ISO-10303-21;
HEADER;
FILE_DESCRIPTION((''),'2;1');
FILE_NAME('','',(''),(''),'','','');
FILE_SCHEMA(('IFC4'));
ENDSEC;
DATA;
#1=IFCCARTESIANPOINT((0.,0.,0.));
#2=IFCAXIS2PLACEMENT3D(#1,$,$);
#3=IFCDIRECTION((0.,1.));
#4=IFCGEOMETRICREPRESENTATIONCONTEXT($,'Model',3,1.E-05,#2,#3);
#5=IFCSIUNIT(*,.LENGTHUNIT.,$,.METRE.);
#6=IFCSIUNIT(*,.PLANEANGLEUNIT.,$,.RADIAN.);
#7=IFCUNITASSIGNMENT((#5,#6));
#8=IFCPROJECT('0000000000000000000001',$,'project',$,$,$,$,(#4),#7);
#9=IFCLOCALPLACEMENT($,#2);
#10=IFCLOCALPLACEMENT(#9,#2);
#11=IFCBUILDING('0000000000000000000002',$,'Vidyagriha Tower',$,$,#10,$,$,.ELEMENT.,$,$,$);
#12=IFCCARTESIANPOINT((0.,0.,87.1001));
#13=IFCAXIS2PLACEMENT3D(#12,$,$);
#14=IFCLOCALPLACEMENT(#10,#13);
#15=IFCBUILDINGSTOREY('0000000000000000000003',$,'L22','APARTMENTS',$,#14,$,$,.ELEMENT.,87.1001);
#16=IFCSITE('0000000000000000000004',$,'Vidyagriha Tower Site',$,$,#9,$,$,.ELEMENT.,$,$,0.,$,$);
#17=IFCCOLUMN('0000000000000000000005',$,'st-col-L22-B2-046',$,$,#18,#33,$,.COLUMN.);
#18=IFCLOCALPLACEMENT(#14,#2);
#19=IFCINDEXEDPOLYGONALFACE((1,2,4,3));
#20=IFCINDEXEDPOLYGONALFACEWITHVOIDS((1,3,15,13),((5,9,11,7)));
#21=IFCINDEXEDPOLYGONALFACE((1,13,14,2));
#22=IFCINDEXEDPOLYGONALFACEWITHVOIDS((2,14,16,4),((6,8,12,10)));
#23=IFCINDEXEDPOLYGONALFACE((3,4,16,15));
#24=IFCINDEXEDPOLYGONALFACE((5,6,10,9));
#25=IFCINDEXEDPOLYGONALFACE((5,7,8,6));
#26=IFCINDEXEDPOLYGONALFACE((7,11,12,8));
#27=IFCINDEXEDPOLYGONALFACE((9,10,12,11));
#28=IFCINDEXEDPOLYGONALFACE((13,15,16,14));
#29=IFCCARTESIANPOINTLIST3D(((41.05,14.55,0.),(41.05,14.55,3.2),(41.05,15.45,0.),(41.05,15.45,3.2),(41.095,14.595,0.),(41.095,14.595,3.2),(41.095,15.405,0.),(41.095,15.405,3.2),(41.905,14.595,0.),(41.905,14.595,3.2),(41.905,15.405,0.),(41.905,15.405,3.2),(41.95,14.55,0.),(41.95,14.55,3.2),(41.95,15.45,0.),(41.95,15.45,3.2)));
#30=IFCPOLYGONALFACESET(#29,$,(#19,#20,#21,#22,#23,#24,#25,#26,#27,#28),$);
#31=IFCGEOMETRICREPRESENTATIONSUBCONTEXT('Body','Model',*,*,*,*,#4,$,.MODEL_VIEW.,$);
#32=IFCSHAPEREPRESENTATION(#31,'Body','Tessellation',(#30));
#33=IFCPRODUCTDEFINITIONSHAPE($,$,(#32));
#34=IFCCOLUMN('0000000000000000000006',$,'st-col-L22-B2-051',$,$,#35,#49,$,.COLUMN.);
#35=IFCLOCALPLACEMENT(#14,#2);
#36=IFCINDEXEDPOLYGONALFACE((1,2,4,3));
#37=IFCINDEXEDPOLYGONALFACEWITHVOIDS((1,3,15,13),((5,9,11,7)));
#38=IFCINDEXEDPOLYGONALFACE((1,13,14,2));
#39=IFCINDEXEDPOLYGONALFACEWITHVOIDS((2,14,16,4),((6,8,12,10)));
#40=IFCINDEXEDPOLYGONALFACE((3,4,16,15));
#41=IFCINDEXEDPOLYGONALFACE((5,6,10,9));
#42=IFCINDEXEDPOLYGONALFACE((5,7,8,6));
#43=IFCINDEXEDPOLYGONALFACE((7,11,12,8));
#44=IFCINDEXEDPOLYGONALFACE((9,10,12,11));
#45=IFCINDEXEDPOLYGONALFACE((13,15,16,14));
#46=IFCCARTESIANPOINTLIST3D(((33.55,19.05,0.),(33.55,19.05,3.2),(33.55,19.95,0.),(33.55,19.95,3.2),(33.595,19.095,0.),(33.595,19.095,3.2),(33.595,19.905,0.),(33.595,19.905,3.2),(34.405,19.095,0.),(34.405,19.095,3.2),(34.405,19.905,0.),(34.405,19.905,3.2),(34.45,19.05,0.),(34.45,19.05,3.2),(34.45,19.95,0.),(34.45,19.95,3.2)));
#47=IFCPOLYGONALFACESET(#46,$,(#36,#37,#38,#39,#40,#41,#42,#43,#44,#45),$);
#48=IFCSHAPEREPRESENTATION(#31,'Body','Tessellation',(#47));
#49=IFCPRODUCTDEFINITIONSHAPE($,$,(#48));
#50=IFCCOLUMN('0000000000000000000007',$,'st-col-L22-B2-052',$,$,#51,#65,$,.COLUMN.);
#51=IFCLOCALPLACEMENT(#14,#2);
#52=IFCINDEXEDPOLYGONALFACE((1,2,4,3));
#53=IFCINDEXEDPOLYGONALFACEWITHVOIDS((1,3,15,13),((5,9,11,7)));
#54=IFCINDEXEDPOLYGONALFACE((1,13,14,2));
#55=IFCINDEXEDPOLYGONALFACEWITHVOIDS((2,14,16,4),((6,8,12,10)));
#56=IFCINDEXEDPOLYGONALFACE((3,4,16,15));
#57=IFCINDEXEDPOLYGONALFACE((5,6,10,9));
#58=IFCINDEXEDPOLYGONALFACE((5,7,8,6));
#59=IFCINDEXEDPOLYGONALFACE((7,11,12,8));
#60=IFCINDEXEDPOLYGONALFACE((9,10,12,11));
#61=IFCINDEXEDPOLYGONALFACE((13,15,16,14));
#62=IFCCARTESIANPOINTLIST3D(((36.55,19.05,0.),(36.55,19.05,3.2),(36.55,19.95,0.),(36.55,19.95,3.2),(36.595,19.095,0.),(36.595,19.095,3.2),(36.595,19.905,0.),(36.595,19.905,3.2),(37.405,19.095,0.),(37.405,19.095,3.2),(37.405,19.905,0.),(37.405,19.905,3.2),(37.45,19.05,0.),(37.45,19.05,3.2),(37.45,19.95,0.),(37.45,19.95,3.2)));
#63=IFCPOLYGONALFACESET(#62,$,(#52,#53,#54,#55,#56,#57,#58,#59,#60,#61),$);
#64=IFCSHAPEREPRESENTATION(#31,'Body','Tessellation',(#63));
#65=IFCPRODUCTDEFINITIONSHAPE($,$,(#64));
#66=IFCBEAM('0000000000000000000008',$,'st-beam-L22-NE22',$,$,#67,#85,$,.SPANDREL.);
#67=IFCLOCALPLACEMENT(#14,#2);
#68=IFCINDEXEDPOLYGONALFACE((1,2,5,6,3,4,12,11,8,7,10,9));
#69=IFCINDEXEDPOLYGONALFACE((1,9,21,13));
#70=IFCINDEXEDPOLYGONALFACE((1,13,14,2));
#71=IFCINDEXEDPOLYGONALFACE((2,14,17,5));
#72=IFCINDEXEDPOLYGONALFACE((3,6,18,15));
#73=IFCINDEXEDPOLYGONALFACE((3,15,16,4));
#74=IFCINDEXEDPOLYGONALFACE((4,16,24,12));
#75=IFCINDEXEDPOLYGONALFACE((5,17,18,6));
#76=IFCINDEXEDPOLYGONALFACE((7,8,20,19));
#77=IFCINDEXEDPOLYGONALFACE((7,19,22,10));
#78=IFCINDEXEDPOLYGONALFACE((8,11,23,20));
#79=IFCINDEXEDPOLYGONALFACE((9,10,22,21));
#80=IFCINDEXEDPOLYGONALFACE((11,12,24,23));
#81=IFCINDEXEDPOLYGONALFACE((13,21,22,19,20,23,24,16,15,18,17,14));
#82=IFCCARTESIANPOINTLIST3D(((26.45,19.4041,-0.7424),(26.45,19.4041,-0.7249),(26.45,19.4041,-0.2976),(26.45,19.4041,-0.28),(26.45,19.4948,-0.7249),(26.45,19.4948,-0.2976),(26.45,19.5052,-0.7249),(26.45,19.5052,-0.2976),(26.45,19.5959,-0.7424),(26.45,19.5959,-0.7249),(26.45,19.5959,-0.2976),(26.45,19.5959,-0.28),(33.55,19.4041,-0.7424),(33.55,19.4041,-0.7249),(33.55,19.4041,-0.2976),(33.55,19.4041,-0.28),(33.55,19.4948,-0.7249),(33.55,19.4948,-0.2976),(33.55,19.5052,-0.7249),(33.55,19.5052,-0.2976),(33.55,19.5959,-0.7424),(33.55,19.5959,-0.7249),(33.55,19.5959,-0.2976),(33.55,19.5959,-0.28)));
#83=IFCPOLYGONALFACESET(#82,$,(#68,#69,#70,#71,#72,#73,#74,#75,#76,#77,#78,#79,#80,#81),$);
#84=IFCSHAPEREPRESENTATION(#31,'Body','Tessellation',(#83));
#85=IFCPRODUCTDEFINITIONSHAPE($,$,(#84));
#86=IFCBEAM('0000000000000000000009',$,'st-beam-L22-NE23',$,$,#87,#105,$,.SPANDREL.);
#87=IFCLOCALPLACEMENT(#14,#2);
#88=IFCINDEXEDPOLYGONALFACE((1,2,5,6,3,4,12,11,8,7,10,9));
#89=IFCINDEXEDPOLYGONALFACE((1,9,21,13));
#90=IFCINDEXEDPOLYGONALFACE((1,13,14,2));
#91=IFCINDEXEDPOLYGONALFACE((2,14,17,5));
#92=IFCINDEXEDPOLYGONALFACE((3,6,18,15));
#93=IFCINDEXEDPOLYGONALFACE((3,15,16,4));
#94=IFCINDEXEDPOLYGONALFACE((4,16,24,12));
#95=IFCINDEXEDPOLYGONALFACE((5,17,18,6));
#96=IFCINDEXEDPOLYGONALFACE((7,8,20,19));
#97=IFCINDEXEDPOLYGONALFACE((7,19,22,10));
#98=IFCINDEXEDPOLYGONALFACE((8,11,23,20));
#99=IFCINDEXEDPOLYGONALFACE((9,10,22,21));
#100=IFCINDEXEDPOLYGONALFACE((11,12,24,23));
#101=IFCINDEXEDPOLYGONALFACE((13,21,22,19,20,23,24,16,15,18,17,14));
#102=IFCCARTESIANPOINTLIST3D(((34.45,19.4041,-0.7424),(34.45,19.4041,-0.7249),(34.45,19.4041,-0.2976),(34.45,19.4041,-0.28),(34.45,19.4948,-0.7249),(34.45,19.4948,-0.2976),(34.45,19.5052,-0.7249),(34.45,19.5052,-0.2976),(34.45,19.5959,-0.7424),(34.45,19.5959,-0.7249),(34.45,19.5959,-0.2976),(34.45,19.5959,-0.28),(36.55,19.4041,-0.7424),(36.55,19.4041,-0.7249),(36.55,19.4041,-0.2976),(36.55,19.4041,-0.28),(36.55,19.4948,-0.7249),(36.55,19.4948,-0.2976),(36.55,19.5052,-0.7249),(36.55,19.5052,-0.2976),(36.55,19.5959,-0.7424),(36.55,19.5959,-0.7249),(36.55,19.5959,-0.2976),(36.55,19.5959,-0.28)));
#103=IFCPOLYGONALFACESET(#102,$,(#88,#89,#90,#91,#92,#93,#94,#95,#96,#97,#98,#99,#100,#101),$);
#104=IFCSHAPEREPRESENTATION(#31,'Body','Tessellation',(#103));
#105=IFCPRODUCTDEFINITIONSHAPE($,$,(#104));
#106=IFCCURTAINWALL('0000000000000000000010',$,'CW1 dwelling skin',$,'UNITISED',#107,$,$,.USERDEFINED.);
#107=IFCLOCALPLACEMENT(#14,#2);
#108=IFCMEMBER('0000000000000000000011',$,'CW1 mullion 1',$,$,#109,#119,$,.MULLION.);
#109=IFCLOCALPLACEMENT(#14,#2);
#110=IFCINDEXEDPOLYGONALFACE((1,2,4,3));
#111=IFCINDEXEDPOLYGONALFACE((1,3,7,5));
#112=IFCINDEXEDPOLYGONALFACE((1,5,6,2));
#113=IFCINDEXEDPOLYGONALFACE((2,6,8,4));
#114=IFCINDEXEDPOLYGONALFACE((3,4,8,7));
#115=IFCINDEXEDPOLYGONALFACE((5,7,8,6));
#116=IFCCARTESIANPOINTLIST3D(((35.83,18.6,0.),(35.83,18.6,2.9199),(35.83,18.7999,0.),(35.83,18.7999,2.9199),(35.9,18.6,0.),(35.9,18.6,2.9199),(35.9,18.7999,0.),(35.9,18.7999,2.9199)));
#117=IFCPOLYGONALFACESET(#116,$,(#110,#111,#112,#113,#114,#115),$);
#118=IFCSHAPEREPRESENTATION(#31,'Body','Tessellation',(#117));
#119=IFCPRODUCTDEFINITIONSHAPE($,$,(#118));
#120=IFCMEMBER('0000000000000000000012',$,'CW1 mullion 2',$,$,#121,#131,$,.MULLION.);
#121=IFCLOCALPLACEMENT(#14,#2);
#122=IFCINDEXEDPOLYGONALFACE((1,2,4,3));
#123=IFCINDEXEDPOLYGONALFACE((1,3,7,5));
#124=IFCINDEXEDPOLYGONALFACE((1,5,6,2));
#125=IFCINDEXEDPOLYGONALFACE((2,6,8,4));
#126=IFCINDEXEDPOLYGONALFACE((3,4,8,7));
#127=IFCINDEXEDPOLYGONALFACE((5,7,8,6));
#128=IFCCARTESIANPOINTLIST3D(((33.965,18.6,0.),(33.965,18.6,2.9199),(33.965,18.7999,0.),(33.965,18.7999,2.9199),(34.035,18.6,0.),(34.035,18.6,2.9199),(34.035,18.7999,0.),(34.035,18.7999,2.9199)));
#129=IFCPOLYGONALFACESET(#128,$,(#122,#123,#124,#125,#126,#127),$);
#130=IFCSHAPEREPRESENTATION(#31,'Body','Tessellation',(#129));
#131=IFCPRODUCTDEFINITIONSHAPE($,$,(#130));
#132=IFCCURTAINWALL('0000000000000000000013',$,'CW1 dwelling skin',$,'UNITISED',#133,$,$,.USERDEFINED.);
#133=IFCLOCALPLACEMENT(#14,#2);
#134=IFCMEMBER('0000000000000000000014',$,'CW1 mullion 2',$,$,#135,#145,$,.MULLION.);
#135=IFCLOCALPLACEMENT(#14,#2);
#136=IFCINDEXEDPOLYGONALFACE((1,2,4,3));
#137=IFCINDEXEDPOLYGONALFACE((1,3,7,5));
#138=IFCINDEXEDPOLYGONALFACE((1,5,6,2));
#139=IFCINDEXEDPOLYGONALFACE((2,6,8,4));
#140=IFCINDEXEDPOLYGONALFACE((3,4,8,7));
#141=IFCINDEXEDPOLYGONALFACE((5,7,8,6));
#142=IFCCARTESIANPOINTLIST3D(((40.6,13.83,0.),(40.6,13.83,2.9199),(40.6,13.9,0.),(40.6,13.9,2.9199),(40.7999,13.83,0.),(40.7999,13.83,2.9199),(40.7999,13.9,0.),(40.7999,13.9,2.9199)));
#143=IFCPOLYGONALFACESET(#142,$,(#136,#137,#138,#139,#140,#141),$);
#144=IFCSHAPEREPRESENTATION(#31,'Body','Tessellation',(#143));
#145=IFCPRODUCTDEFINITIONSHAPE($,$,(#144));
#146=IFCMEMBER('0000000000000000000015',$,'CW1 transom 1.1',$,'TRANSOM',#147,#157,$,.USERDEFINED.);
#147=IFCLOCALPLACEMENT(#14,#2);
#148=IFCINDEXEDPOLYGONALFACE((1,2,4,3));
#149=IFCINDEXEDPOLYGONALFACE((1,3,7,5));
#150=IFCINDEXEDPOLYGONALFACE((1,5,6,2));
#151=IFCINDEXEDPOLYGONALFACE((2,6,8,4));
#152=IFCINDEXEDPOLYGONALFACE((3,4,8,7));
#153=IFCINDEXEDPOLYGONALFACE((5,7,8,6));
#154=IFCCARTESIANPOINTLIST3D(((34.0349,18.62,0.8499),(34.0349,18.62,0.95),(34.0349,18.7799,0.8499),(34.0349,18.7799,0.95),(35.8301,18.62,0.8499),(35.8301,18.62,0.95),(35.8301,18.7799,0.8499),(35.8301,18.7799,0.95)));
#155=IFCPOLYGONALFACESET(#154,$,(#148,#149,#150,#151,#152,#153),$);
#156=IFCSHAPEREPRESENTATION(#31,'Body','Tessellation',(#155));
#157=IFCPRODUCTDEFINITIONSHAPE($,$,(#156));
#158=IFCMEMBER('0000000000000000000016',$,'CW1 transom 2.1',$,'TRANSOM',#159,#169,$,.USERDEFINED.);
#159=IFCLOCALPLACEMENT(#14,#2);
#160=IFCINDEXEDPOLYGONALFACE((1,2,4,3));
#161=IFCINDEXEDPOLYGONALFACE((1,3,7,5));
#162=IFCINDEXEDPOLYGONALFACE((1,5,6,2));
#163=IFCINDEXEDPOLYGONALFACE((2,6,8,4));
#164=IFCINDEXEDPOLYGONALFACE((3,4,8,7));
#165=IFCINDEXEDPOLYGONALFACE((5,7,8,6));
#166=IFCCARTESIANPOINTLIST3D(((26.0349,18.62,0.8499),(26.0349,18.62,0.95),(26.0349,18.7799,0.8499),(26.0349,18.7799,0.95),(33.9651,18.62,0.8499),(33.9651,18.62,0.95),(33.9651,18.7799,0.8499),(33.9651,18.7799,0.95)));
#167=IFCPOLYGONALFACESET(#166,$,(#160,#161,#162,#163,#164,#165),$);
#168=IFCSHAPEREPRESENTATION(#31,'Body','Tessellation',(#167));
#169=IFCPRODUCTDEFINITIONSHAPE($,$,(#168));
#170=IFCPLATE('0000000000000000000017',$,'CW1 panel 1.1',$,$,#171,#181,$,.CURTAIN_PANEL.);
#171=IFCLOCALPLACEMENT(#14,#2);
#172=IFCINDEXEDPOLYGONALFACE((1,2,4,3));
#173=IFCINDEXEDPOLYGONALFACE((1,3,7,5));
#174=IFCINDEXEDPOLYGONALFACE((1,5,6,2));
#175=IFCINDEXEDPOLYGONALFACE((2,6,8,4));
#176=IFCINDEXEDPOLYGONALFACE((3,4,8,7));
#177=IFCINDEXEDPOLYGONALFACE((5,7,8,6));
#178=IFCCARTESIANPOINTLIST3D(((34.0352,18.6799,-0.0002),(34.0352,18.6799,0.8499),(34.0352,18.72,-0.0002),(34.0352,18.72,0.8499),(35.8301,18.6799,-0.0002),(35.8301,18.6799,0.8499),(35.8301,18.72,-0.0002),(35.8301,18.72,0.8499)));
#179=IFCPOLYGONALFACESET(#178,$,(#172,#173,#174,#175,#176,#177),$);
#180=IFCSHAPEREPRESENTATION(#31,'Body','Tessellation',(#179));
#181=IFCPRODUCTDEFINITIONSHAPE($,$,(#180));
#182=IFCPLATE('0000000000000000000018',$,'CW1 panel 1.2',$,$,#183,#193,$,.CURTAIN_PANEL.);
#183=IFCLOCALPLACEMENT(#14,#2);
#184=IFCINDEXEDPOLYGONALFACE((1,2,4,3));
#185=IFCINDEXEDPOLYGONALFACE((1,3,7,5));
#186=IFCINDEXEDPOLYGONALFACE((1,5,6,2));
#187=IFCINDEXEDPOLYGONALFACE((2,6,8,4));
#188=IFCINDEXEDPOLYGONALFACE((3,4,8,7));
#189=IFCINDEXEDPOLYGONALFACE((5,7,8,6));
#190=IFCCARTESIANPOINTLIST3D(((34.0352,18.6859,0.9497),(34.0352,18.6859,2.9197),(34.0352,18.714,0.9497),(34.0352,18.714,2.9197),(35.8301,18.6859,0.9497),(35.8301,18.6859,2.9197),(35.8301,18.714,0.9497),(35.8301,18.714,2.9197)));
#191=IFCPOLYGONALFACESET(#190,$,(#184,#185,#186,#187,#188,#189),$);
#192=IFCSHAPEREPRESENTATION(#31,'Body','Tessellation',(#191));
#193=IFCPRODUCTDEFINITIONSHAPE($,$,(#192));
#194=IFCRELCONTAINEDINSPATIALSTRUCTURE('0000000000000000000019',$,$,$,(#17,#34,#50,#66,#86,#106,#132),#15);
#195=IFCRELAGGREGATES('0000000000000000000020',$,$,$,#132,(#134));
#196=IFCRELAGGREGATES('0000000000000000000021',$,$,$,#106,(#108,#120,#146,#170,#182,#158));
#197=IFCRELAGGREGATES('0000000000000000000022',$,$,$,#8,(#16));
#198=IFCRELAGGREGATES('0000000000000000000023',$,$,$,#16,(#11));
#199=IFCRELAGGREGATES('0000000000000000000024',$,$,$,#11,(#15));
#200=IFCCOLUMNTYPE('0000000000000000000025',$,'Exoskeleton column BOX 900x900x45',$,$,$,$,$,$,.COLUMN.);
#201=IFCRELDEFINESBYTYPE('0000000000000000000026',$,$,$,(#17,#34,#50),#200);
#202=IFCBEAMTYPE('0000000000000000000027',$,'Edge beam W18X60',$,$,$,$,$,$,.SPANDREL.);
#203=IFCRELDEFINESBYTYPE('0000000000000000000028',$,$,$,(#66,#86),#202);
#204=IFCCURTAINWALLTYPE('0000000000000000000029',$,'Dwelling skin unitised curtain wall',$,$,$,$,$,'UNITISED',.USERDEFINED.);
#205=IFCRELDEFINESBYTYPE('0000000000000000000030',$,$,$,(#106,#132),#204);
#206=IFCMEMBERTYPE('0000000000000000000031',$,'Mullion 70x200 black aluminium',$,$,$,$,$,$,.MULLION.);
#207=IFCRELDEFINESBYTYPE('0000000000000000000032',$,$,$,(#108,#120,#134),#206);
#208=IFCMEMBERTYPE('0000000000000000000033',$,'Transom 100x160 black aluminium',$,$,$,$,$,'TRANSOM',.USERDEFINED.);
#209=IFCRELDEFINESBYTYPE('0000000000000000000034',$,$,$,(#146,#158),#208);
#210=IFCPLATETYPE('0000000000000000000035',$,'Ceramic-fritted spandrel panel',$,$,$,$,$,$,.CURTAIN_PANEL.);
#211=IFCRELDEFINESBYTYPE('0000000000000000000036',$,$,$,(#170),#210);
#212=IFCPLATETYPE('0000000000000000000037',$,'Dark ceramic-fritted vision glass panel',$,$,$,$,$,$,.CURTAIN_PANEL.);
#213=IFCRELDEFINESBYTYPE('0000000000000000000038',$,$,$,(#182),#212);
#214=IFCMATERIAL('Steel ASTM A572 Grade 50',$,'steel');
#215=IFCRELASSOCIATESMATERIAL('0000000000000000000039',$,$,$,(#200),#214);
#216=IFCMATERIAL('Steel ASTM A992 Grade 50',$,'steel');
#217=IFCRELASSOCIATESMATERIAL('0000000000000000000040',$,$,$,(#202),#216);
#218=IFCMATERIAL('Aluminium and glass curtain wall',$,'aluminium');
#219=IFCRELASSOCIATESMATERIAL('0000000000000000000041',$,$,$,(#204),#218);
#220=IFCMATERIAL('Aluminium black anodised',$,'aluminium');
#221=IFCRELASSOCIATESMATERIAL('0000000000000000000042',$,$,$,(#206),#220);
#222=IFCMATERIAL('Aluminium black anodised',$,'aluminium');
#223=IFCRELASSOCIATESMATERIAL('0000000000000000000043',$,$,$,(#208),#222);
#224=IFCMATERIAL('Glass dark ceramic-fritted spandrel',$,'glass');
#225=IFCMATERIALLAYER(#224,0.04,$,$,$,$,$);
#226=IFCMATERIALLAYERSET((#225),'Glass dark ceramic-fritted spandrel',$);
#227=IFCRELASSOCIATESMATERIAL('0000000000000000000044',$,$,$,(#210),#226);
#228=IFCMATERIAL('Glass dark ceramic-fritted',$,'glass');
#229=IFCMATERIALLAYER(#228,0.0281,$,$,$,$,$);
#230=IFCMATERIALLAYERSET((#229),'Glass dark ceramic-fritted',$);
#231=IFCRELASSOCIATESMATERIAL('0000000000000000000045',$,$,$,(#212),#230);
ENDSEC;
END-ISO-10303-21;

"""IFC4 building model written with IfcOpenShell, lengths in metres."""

from ifc_helpers import new_model, si_unit, direction, frame, origin, origin_2d, place, context, subcontext, project, spatial, rectangle, hollow_rectangle, i_section, extrude, material, layer, layer_set, material_profile, profile_set, type_object, element, aggregate, save


model = new_model("IFC4")

# Units and contexts
model_context = context("Model", 3, precision=1e-05, world=origin(), true_north=direction((0.0, 1.0)))
body_context = subcontext(model_context, "Body", "Model", "MODEL_VIEW")
ifc_project = project(units=[si_unit("LENGTHUNIT", "METRE"), si_unit("PLANEANGLEUNIT", "RADIAN")], contexts=[model_context])

# Site, building, storey
site_placement = place(None, origin())
site = spatial("IfcSite", under=ifc_project, at=site_placement, Name="Vidyagriha Tower Site", CompositionType="ELEMENT", RefElevation=0.0)
building_placement = place(site_placement, origin())
building = spatial("IfcBuilding", under=site, at=building_placement, Name="Vidyagriha Tower", CompositionType="ELEMENT")
storey_placement = place(building_placement, frame((0.0, 0.0, 87.1001)))
storey = spatial("IfcBuildingStorey", under=building, at=storey_placement, Name="L22", Description="APARTMENTS", CompositionType="ELEMENT", Elevation=87.1001)

# Columns
ifc_material_1 = material(Name="Steel ASTM A572 Grade 50", Category="steel")
ifc_material_profile_1 = material_profile(ifc_material_1, hollow_rectangle(XDim=0.8999, YDim=0.8999, WallThickness=0.0449, at=origin_2d()), Name="BOX 900x900x45")
ifc_profile_set_1 = profile_set([ifc_material_profile_1], Name="Steel ASTM A572 Grade 50")
column_type = type_object("IfcColumnType", Name="Exoskeleton column BOX 900x900x45", PredefinedType="COLUMN", material=ifc_profile_set_1)
for number, where, name in (
    (1, (41.5, 15.0, 0.0), "st-col-L22-B2-046"),
    (2, (34.0, 19.5, 0.0), "st-col-L22-B2-051"),
    (3, (37.0, 19.5, 0.0), "st-col-L22-B2-052"),
):
    element("IfcColumn", number, at=place(storey_placement, frame(where)), inside=storey, type_object=column_type, Name=name, PredefinedType="COLUMN", context=body_context, shape_type="SweptSolid", body=[
        extrude(hollow_rectangle(XDim=0.8999, YDim=0.8999, WallThickness=0.0449, at=origin_2d()), origin(), (0.0, 0.0, 1.0), 3.2),
    ])

# Beams
ifc_material_2 = material(Name="Steel ASTM A992 Grade 50", Category="steel")
ifc_material_profile_2 = material_profile(ifc_material_2, i_section(OverallWidth=0.1919, OverallDepth=0.4624, WebThickness=0.0105, FlangeThickness=0.0176, at=origin_2d()), Name="W18X60")
ifc_profile_set_2 = profile_set([ifc_material_profile_2], Name="Steel ASTM A992 Grade 50")
beam_type = type_object("IfcBeamType", Name="Edge beam W18X60", PredefinedType="SPANDREL", material=ifc_profile_set_2)
beam_1_placement = place(storey_placement, frame((26.45, 19.5, -0.5112), z_axis=(1.0, 0.0, 0.0), x_axis=(0.0, 1.0, 0.0)))
element("IfcBeam", 4, at=beam_1_placement, inside=storey, type_object=beam_type, Name="st-beam-L22-NE22", PredefinedType="SPANDREL", context=body_context, shape_type="SweptSolid", body=[
    extrude(i_section(OverallWidth=0.1919, OverallDepth=0.4624, WebThickness=0.0105, FlangeThickness=0.0176, at=origin_2d()), origin(), (0.0, 0.0, 1.0), 7.1001),
])
beam_2_placement = place(storey_placement, frame((34.45, 19.5, -0.5112), z_axis=(1.0, 0.0, 0.0), x_axis=(0.0, 1.0, 0.0)))
element("IfcBeam", 5, at=beam_2_placement, inside=storey, type_object=beam_type, Name="st-beam-L22-NE23", PredefinedType="SPANDREL", context=body_context, shape_type="SweptSolid", body=[
    extrude(i_section(OverallWidth=0.1919, OverallDepth=0.4624, WebThickness=0.0105, FlangeThickness=0.0176, at=origin_2d()), origin(), (0.0, 0.0, 1.0), 2.1001),
])

# Curtain wall, members
ifc_material_3 = material(Name="Aluminium and glass curtain wall", Category="aluminium")
curtain_wall_type = type_object("IfcCurtainWallType", Name="Dwelling skin unitised curtain wall", ElementType="UNITISED", PredefinedType="USERDEFINED", material=ifc_material_3)
curtain_wall_1_placement = place(storey_placement, origin())
curtain_wall_1 = element("IfcCurtainWall", 6, at=curtain_wall_1_placement, inside=storey, type_object=curtain_wall_type, Name="CW1 dwelling skin", ObjectType="UNITISED", PredefinedType="USERDEFINED")
ifc_material_4 = material(Name="Aluminium black anodised", Category="aluminium")
ifc_material_profile_3 = material_profile(ifc_material_4, rectangle(XDim=0.2, YDim=0.0701, at=origin_2d()), Name="Mullion 70x200 black aluminium")
ifc_profile_set_3 = profile_set([ifc_material_profile_3], Name="Aluminium black anodised")
member_type_1 = type_object("IfcMemberType", Name="Mullion 70x200 black aluminium", PredefinedType="MULLION", material=ifc_profile_set_3)
member_1_placement = place(storey_placement, frame((35.865, 18.7, 0.0), z_axis=(0.0, 0.0, 1.0), x_axis=(0.0, -1.0, 0.0)))
member_1 = element("IfcMember", 7, at=member_1_placement, type_object=member_type_1, Name="CW1 mullion 1", PredefinedType="MULLION", context=body_context, shape_type="SweptSolid", body=[
    extrude(rectangle(XDim=0.2, YDim=0.0701, at=origin_2d()), origin(), (0.0, 0.0, 1.0), 2.9199),
])
member_2_placement = place(storey_placement, frame((34.0, 18.7, 0.0), z_axis=(0.0, 0.0, 1.0), x_axis=(0.0, -1.0, 0.0)))
member_2 = element("IfcMember", 8, at=member_2_placement, type_object=member_type_1, Name="CW1 mullion 2", PredefinedType="MULLION", context=body_context, shape_type="SweptSolid", body=[
    extrude(rectangle(XDim=0.2, YDim=0.0701, at=origin_2d()), origin(), (0.0, 0.0, 1.0), 2.9199),
])

# Curtain wall, member
curtain_wall_2_placement = place(storey_placement, origin())
curtain_wall_2 = element("IfcCurtainWall", 9, at=curtain_wall_2_placement, inside=storey, type_object=curtain_wall_type, Name="CW1 dwelling skin", ObjectType="UNITISED", PredefinedType="USERDEFINED")
member_3_placement = place(storey_placement, frame((40.7, 13.865, 0.0), z_axis=(0.0, 0.0, 1.0), x_axis=(-1.0, 0.0, 0.0)))
member_3 = element("IfcMember", 10, at=member_3_placement, type_object=member_type_1, Name="CW1 mullion 2", PredefinedType="MULLION", context=body_context, shape_type="SweptSolid", body=[
    extrude(rectangle(XDim=0.2, YDim=0.0701, at=origin_2d()), origin(), (0.0, 0.0, 1.0), 2.9199),
])

# Members
ifc_material_5 = material(Name="Aluminium black anodised", Category="aluminium")
ifc_material_profile_4 = material_profile(ifc_material_5, rectangle(XDim=0.1599, YDim=0.1001, at=origin_2d()), Name="Transom 100x160 black aluminium")
ifc_profile_set_4 = profile_set([ifc_material_profile_4], Name="Aluminium black anodised")
member_type_2 = type_object("IfcMemberType", Name="Transom 100x160 black aluminium", ElementType="TRANSOM", PredefinedType="USERDEFINED", material=ifc_profile_set_4)
member_4_placement = place(storey_placement, frame((35.8301, 18.7, 0.8999), z_axis=(-1.0, 0.0, 0.0), x_axis=(0.0, -1.0, 0.0)))
member_4 = element("IfcMember", 11, at=member_4_placement, type_object=member_type_2, Name="CW1 transom 1.1", ObjectType="TRANSOM", PredefinedType="USERDEFINED", context=body_context, shape_type="SweptSolid", body=[
    extrude(rectangle(XDim=0.1599, YDim=0.1001, at=origin_2d()), origin(), (0.0, 0.0, 1.0), 1.7952),
])
member_5_placement = place(storey_placement, frame((33.9651, 18.7, 0.8999), z_axis=(-1.0, 0.0, 0.0), x_axis=(0.0, -1.0, 0.0)))
member_5 = element("IfcMember", 12, at=member_5_placement, type_object=member_type_2, Name="CW1 transom 2.1", ObjectType="TRANSOM", PredefinedType="USERDEFINED", context=body_context, shape_type="SweptSolid", body=[
    extrude(rectangle(XDim=0.1599, YDim=0.1001, at=origin_2d()), origin(), (0.0, 0.0, 1.0), 7.9302),
])

# Plates
ifc_material_6 = material(Name="Glass dark ceramic-fritted spandrel", Category="glass")
ifc_layer_1 = layer(ifc_material_6, 0.04)
ifc_layer_set_1 = layer_set([ifc_layer_1], Name="Glass dark ceramic-fritted spandrel")
plate_type_1 = type_object("IfcPlateType", Name="Ceramic-fritted spandrel panel", PredefinedType="CURTAIN_PANEL", material=ifc_layer_set_1)
plate_1_placement = place(storey_placement, frame((34.9326, 18.7, -0.0002), z_axis=(0.0, 0.0, 1.0), x_axis=(-1.0, 0.0, 0.0)))
plate_1 = element("IfcPlate", 13, at=plate_1_placement, type_object=plate_type_1, Name="CW1 panel 1.1", PredefinedType="CURTAIN_PANEL", context=body_context, shape_type="SweptSolid", body=[
    extrude(rectangle(XDim=1.7949, YDim=0.04, at=origin_2d()), origin(), (0.0, 0.0, 1.0), 0.8501),
])
ifc_material_7 = material(Name="Glass dark ceramic-fritted", Category="glass")
ifc_layer_2 = layer(ifc_material_7, 0.0281)
ifc_layer_set_2 = layer_set([ifc_layer_2], Name="Glass dark ceramic-fritted")
plate_type_2 = type_object("IfcPlateType", Name="Dark ceramic-fritted vision glass panel", PredefinedType="CURTAIN_PANEL", material=ifc_layer_set_2)
plate_2_placement = place(storey_placement, frame((34.9326, 18.7, 0.9497), z_axis=(0.0, 0.0, 1.0), x_axis=(-1.0, 0.0, 0.0)))
plate_2 = element("IfcPlate", 14, at=plate_2_placement, type_object=plate_type_2, Name="CW1 panel 1.2", PredefinedType="CURTAIN_PANEL", context=body_context, shape_type="SweptSolid", body=[
    extrude(rectangle(XDim=1.7949, YDim=0.0281, at=origin_2d()), origin(), (0.0, 0.0, 1.0), 1.97),
])
aggregate(curtain_wall_2, [member_3])
aggregate(curtain_wall_1, [member_1, member_2, member_4, plate_1, plate_2, member_5])

save(model, "model.ifc")
